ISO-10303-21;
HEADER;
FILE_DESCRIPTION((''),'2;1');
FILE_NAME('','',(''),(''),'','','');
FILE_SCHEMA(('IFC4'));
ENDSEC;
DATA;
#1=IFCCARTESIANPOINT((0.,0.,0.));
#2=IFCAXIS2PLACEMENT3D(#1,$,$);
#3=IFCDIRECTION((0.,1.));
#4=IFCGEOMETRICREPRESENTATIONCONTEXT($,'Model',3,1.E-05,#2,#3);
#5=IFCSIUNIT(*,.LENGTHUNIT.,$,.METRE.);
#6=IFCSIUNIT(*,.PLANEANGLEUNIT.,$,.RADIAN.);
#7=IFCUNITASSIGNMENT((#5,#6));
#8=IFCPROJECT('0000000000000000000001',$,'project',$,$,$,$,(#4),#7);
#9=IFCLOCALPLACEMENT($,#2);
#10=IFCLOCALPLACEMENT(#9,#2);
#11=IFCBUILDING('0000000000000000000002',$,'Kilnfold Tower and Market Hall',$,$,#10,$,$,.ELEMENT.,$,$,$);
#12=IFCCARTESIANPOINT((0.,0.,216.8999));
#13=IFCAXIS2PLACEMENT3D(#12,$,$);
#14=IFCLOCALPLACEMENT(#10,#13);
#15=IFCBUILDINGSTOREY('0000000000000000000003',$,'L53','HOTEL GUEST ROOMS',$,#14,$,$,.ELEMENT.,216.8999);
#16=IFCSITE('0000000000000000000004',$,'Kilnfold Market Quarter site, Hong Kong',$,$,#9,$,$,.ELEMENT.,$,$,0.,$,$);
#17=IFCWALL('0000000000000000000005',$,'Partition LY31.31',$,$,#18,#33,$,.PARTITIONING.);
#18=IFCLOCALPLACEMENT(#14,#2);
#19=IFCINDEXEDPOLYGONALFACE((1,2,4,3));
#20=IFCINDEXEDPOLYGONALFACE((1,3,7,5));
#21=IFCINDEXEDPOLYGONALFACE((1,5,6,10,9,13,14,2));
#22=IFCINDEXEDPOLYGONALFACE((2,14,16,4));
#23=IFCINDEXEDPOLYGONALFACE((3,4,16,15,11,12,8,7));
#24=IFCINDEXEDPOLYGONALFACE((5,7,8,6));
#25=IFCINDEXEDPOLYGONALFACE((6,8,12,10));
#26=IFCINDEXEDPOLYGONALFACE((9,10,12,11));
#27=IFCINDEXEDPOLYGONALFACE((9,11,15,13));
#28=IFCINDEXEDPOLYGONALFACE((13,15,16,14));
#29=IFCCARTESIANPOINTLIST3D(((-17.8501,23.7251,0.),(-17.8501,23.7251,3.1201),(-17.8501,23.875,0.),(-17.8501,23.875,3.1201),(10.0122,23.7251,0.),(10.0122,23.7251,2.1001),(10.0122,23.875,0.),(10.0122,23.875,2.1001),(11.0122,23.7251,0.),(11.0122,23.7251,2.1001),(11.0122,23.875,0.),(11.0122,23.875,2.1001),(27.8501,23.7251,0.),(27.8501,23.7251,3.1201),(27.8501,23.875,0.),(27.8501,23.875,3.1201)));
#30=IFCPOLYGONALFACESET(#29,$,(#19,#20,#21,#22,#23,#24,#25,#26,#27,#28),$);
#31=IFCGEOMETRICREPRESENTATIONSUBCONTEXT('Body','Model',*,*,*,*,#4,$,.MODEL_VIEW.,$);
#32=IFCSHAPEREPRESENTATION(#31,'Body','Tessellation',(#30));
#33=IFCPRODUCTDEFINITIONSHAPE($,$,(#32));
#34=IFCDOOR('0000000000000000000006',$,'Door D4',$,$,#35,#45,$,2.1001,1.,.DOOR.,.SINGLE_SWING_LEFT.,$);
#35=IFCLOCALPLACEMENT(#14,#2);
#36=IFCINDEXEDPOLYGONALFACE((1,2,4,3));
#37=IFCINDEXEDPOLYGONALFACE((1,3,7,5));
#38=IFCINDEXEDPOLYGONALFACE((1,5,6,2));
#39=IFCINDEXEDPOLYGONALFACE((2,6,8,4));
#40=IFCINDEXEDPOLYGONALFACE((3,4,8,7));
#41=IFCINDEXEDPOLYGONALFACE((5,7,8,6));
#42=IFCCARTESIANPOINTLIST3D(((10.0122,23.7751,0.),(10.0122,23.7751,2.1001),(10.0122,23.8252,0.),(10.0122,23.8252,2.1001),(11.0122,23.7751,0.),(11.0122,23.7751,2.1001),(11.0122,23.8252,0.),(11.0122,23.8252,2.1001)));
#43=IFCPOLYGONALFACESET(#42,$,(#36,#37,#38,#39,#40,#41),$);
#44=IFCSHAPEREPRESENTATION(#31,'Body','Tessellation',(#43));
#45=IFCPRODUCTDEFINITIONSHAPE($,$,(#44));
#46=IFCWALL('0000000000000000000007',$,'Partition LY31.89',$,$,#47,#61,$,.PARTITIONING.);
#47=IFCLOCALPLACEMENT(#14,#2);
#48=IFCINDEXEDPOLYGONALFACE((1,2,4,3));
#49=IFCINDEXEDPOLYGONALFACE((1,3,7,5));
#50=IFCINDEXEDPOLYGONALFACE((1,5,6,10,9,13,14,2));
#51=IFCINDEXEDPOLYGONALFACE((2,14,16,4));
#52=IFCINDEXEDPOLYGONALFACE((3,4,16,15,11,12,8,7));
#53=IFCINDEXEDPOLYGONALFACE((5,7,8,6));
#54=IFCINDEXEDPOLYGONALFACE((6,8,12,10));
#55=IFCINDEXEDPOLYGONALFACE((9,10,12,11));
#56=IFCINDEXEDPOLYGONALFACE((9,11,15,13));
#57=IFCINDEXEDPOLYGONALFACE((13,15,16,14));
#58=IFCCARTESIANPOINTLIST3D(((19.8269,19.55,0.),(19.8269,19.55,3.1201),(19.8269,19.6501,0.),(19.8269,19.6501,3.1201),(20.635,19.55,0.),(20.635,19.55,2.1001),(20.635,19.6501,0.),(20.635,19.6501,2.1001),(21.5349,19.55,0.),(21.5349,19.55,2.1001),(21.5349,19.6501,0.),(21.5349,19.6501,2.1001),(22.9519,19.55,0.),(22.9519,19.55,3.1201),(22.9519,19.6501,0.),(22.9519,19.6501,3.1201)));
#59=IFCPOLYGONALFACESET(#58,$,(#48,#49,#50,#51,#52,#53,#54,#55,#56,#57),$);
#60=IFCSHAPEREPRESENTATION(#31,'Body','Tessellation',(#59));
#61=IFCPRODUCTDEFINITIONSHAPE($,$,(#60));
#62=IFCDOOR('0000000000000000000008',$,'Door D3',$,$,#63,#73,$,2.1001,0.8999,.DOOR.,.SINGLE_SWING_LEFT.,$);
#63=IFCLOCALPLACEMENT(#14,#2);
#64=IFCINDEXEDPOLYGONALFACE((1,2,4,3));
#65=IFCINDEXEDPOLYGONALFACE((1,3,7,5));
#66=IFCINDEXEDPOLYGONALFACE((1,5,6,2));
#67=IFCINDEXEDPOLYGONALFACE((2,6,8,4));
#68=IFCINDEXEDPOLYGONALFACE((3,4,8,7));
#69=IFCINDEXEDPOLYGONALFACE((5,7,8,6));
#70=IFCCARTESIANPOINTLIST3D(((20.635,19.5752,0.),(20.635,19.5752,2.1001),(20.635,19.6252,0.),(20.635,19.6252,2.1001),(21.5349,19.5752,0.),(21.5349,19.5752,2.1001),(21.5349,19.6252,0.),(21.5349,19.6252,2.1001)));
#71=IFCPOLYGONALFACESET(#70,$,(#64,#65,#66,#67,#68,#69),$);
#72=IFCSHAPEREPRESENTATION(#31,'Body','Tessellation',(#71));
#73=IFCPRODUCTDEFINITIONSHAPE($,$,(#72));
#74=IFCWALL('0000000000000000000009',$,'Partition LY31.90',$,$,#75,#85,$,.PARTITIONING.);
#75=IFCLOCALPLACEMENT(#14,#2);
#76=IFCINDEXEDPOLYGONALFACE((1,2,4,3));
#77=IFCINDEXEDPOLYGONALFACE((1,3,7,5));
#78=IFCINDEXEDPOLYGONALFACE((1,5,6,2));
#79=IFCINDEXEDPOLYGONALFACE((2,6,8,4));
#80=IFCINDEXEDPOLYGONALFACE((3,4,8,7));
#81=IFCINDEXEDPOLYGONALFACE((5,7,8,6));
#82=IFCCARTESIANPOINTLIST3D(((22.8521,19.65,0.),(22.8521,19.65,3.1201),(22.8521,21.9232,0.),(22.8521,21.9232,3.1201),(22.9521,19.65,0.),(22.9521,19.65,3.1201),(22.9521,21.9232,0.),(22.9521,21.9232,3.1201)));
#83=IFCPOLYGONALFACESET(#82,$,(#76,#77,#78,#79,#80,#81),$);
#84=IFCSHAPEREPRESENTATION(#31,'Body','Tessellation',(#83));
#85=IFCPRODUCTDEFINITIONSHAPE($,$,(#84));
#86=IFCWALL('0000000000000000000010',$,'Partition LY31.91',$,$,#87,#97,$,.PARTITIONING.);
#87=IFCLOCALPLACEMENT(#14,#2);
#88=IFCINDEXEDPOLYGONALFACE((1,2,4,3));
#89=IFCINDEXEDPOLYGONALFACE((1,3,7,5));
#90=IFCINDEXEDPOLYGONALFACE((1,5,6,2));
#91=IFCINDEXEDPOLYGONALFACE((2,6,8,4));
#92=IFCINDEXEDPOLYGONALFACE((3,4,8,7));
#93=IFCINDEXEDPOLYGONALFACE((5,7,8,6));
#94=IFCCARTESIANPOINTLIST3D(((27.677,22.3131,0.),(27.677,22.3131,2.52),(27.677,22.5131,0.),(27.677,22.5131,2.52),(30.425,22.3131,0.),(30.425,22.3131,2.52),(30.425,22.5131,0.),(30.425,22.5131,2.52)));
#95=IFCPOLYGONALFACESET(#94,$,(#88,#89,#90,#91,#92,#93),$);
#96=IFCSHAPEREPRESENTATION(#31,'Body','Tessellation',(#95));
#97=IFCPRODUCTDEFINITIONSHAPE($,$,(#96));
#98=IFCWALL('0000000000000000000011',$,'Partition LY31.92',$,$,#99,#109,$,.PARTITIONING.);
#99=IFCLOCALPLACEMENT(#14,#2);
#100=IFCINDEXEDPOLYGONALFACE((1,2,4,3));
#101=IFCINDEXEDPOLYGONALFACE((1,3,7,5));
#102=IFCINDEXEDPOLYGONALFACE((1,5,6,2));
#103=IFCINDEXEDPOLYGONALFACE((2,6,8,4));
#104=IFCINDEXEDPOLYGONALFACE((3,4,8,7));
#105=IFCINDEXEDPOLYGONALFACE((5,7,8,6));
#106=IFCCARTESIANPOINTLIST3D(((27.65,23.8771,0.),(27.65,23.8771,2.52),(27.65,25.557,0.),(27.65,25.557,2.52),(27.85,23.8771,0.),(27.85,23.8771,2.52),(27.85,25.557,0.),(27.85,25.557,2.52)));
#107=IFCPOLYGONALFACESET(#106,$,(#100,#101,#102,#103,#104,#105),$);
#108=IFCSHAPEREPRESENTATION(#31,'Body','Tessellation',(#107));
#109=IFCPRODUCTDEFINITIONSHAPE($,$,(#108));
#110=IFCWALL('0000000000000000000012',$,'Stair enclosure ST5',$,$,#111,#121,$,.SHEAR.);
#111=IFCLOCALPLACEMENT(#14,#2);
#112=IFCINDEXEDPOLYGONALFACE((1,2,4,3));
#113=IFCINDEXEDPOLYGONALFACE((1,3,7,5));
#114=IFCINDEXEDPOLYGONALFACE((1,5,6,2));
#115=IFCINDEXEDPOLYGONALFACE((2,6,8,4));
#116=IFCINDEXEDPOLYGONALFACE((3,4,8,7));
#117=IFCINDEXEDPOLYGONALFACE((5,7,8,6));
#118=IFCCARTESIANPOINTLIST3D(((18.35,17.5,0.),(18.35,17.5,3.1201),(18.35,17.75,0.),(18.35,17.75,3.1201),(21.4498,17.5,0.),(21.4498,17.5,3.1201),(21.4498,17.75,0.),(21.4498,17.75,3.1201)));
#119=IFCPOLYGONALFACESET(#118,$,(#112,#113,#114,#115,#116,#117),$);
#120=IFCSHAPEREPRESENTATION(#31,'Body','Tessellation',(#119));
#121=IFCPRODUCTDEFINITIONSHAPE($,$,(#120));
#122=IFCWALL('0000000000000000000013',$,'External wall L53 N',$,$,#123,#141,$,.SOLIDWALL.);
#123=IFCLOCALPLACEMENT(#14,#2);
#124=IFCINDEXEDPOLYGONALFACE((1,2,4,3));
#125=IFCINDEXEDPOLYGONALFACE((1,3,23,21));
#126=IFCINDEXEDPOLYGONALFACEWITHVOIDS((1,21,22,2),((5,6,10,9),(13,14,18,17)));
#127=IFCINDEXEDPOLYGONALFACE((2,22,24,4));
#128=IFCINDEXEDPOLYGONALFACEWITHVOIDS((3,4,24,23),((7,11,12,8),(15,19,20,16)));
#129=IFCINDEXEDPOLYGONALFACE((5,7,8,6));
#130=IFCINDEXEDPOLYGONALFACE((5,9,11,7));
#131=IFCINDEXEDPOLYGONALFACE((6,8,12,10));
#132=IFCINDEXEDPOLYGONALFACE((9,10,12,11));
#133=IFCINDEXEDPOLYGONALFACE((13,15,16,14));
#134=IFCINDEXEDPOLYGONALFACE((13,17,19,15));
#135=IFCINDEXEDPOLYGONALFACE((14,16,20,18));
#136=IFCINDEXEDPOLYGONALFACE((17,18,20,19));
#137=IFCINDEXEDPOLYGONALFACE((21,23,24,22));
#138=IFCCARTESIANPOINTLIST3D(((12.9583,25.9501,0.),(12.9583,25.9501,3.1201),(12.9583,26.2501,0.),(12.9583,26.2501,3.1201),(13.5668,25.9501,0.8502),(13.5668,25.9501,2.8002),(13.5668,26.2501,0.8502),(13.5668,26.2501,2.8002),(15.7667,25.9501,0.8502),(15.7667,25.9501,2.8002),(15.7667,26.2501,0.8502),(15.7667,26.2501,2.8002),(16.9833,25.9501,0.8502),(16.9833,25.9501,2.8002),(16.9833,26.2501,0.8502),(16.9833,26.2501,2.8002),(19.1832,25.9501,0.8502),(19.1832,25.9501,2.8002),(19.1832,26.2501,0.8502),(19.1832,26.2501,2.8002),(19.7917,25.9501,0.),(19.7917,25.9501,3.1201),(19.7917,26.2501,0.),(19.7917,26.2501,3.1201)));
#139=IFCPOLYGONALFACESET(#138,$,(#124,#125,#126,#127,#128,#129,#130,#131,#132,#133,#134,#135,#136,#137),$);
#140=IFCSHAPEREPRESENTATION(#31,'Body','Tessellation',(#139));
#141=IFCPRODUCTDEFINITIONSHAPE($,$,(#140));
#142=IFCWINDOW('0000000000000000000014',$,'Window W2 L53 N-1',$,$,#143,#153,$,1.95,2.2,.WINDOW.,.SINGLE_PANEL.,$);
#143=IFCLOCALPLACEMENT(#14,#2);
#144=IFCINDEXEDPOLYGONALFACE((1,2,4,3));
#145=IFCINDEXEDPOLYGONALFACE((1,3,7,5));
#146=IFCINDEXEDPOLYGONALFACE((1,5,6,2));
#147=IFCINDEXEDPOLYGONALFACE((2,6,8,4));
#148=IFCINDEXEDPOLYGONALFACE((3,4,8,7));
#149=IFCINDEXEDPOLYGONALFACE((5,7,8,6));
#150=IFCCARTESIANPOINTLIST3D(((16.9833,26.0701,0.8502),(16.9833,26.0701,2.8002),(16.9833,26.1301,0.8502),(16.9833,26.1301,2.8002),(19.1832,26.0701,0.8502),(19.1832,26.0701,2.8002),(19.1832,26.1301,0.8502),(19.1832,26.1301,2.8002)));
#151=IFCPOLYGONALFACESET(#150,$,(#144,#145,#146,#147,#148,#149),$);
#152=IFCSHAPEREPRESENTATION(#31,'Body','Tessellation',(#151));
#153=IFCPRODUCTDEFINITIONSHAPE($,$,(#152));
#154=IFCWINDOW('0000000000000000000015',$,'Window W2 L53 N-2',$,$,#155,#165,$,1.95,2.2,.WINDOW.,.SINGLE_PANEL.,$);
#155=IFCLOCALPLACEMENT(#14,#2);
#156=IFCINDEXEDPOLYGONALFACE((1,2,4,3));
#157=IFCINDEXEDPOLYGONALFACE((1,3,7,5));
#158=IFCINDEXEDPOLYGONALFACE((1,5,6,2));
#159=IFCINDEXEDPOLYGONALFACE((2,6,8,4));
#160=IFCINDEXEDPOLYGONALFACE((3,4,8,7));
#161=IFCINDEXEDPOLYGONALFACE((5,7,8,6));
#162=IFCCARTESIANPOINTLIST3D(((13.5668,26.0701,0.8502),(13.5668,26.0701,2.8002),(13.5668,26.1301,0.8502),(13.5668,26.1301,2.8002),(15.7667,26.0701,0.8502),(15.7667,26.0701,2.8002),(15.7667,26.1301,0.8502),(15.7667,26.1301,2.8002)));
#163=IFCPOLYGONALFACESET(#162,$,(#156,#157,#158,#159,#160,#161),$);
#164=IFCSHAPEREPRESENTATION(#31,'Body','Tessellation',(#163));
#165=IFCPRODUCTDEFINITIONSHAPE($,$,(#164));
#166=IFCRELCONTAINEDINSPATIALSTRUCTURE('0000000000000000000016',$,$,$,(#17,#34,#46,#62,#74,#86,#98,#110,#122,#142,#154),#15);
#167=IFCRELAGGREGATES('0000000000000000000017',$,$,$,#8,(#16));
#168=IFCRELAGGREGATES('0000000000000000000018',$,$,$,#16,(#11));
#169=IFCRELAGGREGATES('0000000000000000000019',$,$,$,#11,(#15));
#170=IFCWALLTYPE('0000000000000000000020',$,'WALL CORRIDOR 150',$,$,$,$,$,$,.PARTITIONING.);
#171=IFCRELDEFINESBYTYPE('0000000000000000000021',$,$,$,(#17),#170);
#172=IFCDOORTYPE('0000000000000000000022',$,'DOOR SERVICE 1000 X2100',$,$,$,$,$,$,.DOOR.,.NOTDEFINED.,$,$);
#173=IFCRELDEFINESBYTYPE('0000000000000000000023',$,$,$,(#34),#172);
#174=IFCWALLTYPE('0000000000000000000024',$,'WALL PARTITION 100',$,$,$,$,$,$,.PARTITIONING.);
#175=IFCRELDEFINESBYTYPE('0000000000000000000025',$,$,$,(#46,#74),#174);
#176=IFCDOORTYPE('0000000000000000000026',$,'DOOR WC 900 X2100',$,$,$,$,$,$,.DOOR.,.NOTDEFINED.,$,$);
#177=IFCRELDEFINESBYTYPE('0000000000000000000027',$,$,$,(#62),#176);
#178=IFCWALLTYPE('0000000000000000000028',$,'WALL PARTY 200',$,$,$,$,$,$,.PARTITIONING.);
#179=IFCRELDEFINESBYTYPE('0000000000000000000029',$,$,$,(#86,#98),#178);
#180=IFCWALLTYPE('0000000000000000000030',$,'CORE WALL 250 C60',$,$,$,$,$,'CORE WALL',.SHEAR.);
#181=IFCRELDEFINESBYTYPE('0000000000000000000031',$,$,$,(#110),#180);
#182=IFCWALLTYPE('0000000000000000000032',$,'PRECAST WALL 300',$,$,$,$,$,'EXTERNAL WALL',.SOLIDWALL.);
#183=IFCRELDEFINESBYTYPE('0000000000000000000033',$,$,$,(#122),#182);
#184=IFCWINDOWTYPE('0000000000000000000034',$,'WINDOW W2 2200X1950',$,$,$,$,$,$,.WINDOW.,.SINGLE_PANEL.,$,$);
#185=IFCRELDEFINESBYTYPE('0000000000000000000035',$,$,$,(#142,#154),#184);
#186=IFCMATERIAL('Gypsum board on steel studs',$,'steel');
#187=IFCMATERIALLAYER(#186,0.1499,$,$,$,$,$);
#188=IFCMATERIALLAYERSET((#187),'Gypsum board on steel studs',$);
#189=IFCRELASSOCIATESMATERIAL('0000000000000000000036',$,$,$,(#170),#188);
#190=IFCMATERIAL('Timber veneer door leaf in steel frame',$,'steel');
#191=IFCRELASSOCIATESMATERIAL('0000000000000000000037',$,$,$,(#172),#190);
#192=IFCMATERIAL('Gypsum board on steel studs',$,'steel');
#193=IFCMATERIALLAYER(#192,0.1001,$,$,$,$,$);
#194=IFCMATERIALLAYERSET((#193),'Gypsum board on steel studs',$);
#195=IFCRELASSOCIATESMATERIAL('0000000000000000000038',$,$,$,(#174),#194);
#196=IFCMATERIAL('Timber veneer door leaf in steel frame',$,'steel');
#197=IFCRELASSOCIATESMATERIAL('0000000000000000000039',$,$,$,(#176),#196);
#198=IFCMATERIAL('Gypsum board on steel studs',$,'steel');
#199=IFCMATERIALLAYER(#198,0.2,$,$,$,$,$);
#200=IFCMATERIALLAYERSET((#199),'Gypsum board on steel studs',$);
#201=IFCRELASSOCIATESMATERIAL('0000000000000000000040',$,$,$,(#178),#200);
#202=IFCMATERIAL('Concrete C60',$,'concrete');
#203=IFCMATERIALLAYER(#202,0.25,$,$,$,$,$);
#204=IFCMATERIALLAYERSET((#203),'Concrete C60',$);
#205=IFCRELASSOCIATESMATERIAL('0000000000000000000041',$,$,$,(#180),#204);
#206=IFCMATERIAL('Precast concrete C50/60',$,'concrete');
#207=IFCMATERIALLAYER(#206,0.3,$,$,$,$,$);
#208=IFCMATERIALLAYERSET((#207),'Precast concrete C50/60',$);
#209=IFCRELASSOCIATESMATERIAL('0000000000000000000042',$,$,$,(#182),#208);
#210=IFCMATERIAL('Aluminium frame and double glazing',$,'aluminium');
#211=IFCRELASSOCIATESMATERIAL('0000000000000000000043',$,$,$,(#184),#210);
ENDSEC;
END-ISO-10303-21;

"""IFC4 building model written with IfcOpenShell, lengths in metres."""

from ifc_helpers import new_model, si_unit, direction, frame, frame_2d, origin, place, context, subcontext, project, spatial, rectangle, extrude, source, transform, mapped, material, layer, layer_set, type_object, element, fill, save


model = new_model("IFC4")

# Units and contexts
model_context = context("Model", 3, precision=1e-05, world=origin(), true_north=direction((0.0, 1.0)))
body_context = subcontext(model_context, "Body", "Model", "MODEL_VIEW")
ifc_project = project(units=[si_unit("LENGTHUNIT", "METRE"), si_unit("PLANEANGLEUNIT", "RADIAN")], contexts=[model_context])

# Site, building, storey
site_placement = place(None, origin())
site = spatial("IfcSite", under=ifc_project, at=site_placement, Name="Kilnfold Market Quarter site, Hong Kong", CompositionType="ELEMENT", RefElevation=0.0)
building_placement = place(site_placement, origin())
building = spatial("IfcBuilding", under=site, at=building_placement, Name="Kilnfold Tower and Market Hall", CompositionType="ELEMENT")
storey_placement = place(building_placement, frame((0.0, 0.0, 216.8999)))
storey = spatial("IfcBuildingStorey", under=building, at=storey_placement, Name="L53", Description="HOTEL GUEST ROOMS", CompositionType="ELEMENT", Elevation=216.8999)

# Shared definitions
ifc_material_1 = material(Name="Gypsum board on steel studs", Category="steel")
ifc_layer_1 = layer(ifc_material_1, 0.1499)
ifc_layer_set_1 = layer_set([ifc_layer_1], Name="Gypsum board on steel studs")
wall_type_1 = type_object("IfcWallType", Name="WALL CORRIDOR 150", PredefinedType="PARTITIONING", material=ifc_layer_set_1)

# Walls, openings, doors
wall_1_placement = place(storey_placement, frame((27.8501, 23.8, 0.0), z_axis=(0.0, 0.0, 1.0), x_axis=(-1.0, 0.0, 0.0)))
wall_1 = element("IfcWall", 1, at=wall_1_placement, inside=storey, type_object=wall_type_1, Name="Partition LY31.31", PredefinedType="PARTITIONING", context=body_context, shape_type="SweptSolid", body=[
    extrude(rectangle(XDim=45.7002, YDim=0.1499, at=frame_2d((22.8501, 0.0))), origin(), (0.0, 0.0, 1.0), 3.1201),
])
opening_1_placement = place(wall_1_placement, frame((16.8379, 0.0, 0.0)))
opening_1 = element("IfcOpeningElement", 2, at=opening_1_placement, cuts=wall_1, PredefinedType="OPENING", context=body_context, shape_type="SweptSolid", body=[
    extrude(rectangle(XDim=1.0, YDim=2.1001, at=frame_2d((0.5, 1.05))), frame((0.0, 0.085, 0.0), z_axis=(0.0, -1.0, 0.0), x_axis=(1.0, 0.0, 0.0)), (0.0, 0.0, 1.0), 0.1699),
])
ifc_material_2 = material(Name="Timber veneer door leaf in steel frame", Category="steel")
door_type_1 = type_object("IfcDoorType", Name="DOOR SERVICE 1000 X2100", OperationType="NOTDEFINED", PredefinedType="DOOR", material=ifc_material_2)
door_1_placement = place(opening_1_placement, origin())
door_1 = element("IfcDoor", 3, at=door_1_placement, inside=storey, type_object=door_type_1, Name="Door D4", OperationType="SINGLE_SWING_LEFT", OverallHeight=2.1001, OverallWidth=1.0, PredefinedType="DOOR", context=body_context, shape_type="SweptSolid", body=[
    extrude(rectangle(XDim=1.0, YDim=2.1001, at=frame_2d((0.5, 1.05))), frame((0.0, 0.0249, 0.0), z_axis=(0.0, -1.0, 0.0), x_axis=(1.0, 0.0, 0.0)), (0.0, 0.0, 1.0), 0.05),
])
fill(opening_1, door_1)
ifc_material_3 = material(Name="Gypsum board on steel studs", Category="steel")
ifc_layer_2 = layer(ifc_material_3, 0.1001)
ifc_layer_set_2 = layer_set([ifc_layer_2], Name="Gypsum board on steel studs")
wall_type_2 = type_object("IfcWallType", Name="WALL PARTITION 100", PredefinedType="PARTITIONING", material=ifc_layer_set_2)
wall_2_placement = place(storey_placement, frame((22.9519, 19.6001, 0.0), z_axis=(0.0, 0.0, 1.0), x_axis=(-1.0, 0.0, 0.0)))
wall_2 = element("IfcWall", 4, at=wall_2_placement, inside=storey, type_object=wall_type_2, Name="Partition LY31.89", PredefinedType="PARTITIONING", context=body_context, shape_type="SweptSolid", body=[
    extrude(rectangle(XDim=3.125, YDim=0.1001, at=frame_2d((1.5625, 0.0))), origin(), (0.0, 0.0, 1.0), 3.1201),
])
opening_2_placement = place(wall_2_placement, frame((1.417, 0.0, 0.0)))
opening_2 = element("IfcOpeningElement", 5, at=opening_2_placement, cuts=wall_2, PredefinedType="OPENING", context=body_context, shape_type="SweptSolid", body=[
    extrude(rectangle(XDim=0.8999, YDim=2.1001, at=frame_2d((0.45, 1.05))), frame((0.0, 0.0601, 0.0), z_axis=(0.0, -1.0, 0.0), x_axis=(1.0, 0.0, 0.0)), (0.0, 0.0, 1.0), 0.1201),
])
ifc_material_4 = material(Name="Timber veneer door leaf in steel frame", Category="steel")
door_type_2 = type_object("IfcDoorType", Name="DOOR WC 900 X2100", OperationType="NOTDEFINED", PredefinedType="DOOR", material=ifc_material_4)
door_2_placement = place(opening_2_placement, origin())
door_2 = element("IfcDoor", 6, at=door_2_placement, inside=storey, type_object=door_type_2, Name="Door D3", OperationType="SINGLE_SWING_LEFT", OverallHeight=2.1001, OverallWidth=0.8999, PredefinedType="DOOR", context=body_context, shape_type="SweptSolid", body=[
    extrude(rectangle(XDim=0.8999, YDim=2.1001, at=frame_2d((0.45, 1.05))), frame((0.0, 0.0249, 0.0), z_axis=(0.0, -1.0, 0.0), x_axis=(1.0, 0.0, 0.0)), (0.0, 0.0, 1.0), 0.05),
])
fill(opening_2, door_2)

# Walls
wall_3_placement = place(storey_placement, frame((22.9021, 19.6499, 0.0), z_axis=(0.0, 0.0, 1.0), x_axis=(0.0, 1.0, 0.0)))
element("IfcWall", 7, at=wall_3_placement, inside=storey, type_object=wall_type_2, Name="Partition LY31.90", PredefinedType="PARTITIONING", context=body_context, shape_type="SweptSolid", body=[
    extrude(rectangle(XDim=2.2732, YDim=0.1001, at=frame_2d((1.1367, 0.0))), origin(), (0.0, 0.0, 1.0), 3.1201),
])
ifc_material_5 = material(Name="Gypsum board on steel studs", Category="steel")
ifc_layer_3 = layer(ifc_material_5, 0.2)
ifc_layer_set_3 = layer_set([ifc_layer_3], Name="Gypsum board on steel studs")
wall_type_3 = type_object("IfcWallType", Name="WALL PARTY 200", PredefinedType="PARTITIONING", material=ifc_layer_set_3)
wall_4_placement = place(storey_placement, frame((30.425, 22.4131, 0.0), z_axis=(0.0, 0.0, 1.0), x_axis=(-1.0, 0.0, 0.0)))
element("IfcWall", 8, at=wall_4_placement, inside=storey, type_object=wall_type_3, Name="Partition LY31.91", PredefinedType="PARTITIONING", context=body_context, shape_type="SweptSolid", body=[
    extrude(rectangle(XDim=2.748, YDim=0.2, at=frame_2d((1.374, 0.0))), origin(), (0.0, 0.0, 1.0), 2.52),
])
wall_5_placement = place(storey_placement, frame((27.75, 25.5569, 0.0), z_axis=(0.0, 0.0, 1.0), x_axis=(0.0, -1.0, 0.0)))
element("IfcWall", 9, at=wall_5_placement, inside=storey, type_object=wall_type_3, Name="Partition LY31.92", PredefinedType="PARTITIONING", context=body_context, shape_type="SweptSolid", body=[
    extrude(rectangle(XDim=1.6799, YDim=0.2, at=frame_2d((0.8398, 0.0))), origin(), (0.0, 0.0, 1.0), 2.52),
])
ifc_material_6 = material(Name="Concrete C60", Category="concrete")
ifc_layer_4 = layer(ifc_material_6, 0.25)
ifc_layer_set_4 = layer_set([ifc_layer_4], Name="Concrete C60")
wall_type_4 = type_object("IfcWallType", Name="CORE WALL 250 C60", ElementType="CORE WALL", PredefinedType="SHEAR", material=ifc_layer_set_4)
shared_shape_1 = source(origin(), body_context, "Body", "SweptSolid", [
    extrude(rectangle(XDim=3.0999, YDim=0.25, at=frame_2d((1.5498, 0.0))), origin(), (0.0, 0.0, 1.0), 3.1201),
])
wall_6_placement = place(storey_placement, frame((18.3501, 17.625, 0.0), z_axis=(0.0, 0.0, 1.0), x_axis=(1.0, 0.0, 0.0)))
element("IfcWall", 10, at=wall_6_placement, inside=storey, type_object=wall_type_4, Name="Stair enclosure ST5", PredefinedType="SHEAR", context=body_context, shape_type="MappedRepresentation", body=[
    mapped(shared_shape_1, transform((0.0, 0.0, 0.0))),
])

# Wall, openings, windows
ifc_material_7 = material(Name="Precast concrete C50/60", Category="concrete")
ifc_layer_5 = layer(ifc_material_7, 0.3)
ifc_layer_set_5 = layer_set([ifc_layer_5], Name="Precast concrete C50/60")
wall_type_5 = type_object("IfcWallType", Name="PRECAST WALL 300", ElementType="EXTERNAL WALL", PredefinedType="SOLIDWALL", material=ifc_layer_set_5)
shared_shape_2 = source(origin(), body_context, "Body", "SweptSolid", [
    extrude(rectangle(XDim=6.8335, YDim=0.3, at=frame_2d((3.4167, 0.0))), origin(), (0.0, 0.0, 1.0), 3.1201),
])
wall_7_placement = place(storey_placement, frame((19.7917, 26.1001, 0.0), z_axis=(0.0, 0.0, 1.0), x_axis=(-1.0, 0.0, 0.0)))
wall_7 = element("IfcWall", 11, at=wall_7_placement, inside=storey, type_object=wall_type_5, Name="External wall L53 N", PredefinedType="SOLIDWALL", context=body_context, shape_type="MappedRepresentation", body=[
    mapped(shared_shape_2, transform((0.0, 0.0, 0.0))),
])
opening_3_placement = place(wall_7_placement, frame((0.6084, 0.0, 0.8501)))
opening_3 = element("IfcOpeningElement", 12, at=opening_3_placement, cuts=wall_7, PredefinedType="OPENING", context=body_context, shape_type="SweptSolid", body=[
    extrude(rectangle(XDim=2.2, YDim=1.95, at=frame_2d((1.1001, 0.9751))), frame((0.0, 0.1602, 0.0), z_axis=(0.0, -1.0, 0.0), x_axis=(1.0, 0.0, 0.0)), (0.0, 0.0, 1.0), 0.3201),
])
opening_4_placement = place(wall_7_placement, frame((4.0249, 0.0, 0.8501)))
opening_4 = element("IfcOpeningElement", 13, at=opening_4_placement, cuts=wall_7, PredefinedType="OPENING", context=body_context, shape_type="SweptSolid", body=[
    extrude(rectangle(XDim=2.2, YDim=1.95, at=frame_2d((1.1001, 0.9751))), frame((0.0, 0.1602, 0.0), z_axis=(0.0, -1.0, 0.0), x_axis=(1.0, 0.0, 0.0)), (0.0, 0.0, 1.0), 0.3201),
])
ifc_material_8 = material(Name="Aluminium frame and double glazing", Category="aluminium")
window_type = type_object("IfcWindowType", Name="WINDOW W2 2200X1950", PartitioningType="SINGLE_PANEL", PredefinedType="WINDOW", material=ifc_material_8)
window_1_placement = place(opening_3_placement, origin())
window_1 = element("IfcWindow", 14, at=window_1_placement, inside=storey, type_object=window_type, Name="Window W2 L53 N-1", OverallHeight=1.95, OverallWidth=2.2, PartitioningType="SINGLE_PANEL", PredefinedType="WINDOW", context=body_context, shape_type="SweptSolid", body=[
    extrude(rectangle(XDim=2.2, YDim=1.95, at=frame_2d((1.1001, 0.9751))), frame((0.0, 0.03, 0.0), z_axis=(0.0, -1.0, 0.0), x_axis=(1.0, 0.0, 0.0)), (0.0, 0.0, 1.0), 0.0601),
])
fill(opening_3, window_1)
window_2_placement = place(opening_4_placement, origin())
window_2 = element("IfcWindow", 15, at=window_2_placement, inside=storey, type_object=window_type, Name="Window W2 L53 N-2", OverallHeight=1.95, OverallWidth=2.2, PartitioningType="SINGLE_PANEL", PredefinedType="WINDOW", context=body_context, shape_type="SweptSolid", body=[
    extrude(rectangle(XDim=2.2, YDim=1.95, at=frame_2d((1.1001, 0.9751))), frame((0.0, 0.03, 0.0), z_axis=(0.0, -1.0, 0.0), x_axis=(1.0, 0.0, 0.0)), (0.0, 0.0, 1.0), 0.0601),
])
fill(opening_4, window_2)

save(model, "model.ifc")
